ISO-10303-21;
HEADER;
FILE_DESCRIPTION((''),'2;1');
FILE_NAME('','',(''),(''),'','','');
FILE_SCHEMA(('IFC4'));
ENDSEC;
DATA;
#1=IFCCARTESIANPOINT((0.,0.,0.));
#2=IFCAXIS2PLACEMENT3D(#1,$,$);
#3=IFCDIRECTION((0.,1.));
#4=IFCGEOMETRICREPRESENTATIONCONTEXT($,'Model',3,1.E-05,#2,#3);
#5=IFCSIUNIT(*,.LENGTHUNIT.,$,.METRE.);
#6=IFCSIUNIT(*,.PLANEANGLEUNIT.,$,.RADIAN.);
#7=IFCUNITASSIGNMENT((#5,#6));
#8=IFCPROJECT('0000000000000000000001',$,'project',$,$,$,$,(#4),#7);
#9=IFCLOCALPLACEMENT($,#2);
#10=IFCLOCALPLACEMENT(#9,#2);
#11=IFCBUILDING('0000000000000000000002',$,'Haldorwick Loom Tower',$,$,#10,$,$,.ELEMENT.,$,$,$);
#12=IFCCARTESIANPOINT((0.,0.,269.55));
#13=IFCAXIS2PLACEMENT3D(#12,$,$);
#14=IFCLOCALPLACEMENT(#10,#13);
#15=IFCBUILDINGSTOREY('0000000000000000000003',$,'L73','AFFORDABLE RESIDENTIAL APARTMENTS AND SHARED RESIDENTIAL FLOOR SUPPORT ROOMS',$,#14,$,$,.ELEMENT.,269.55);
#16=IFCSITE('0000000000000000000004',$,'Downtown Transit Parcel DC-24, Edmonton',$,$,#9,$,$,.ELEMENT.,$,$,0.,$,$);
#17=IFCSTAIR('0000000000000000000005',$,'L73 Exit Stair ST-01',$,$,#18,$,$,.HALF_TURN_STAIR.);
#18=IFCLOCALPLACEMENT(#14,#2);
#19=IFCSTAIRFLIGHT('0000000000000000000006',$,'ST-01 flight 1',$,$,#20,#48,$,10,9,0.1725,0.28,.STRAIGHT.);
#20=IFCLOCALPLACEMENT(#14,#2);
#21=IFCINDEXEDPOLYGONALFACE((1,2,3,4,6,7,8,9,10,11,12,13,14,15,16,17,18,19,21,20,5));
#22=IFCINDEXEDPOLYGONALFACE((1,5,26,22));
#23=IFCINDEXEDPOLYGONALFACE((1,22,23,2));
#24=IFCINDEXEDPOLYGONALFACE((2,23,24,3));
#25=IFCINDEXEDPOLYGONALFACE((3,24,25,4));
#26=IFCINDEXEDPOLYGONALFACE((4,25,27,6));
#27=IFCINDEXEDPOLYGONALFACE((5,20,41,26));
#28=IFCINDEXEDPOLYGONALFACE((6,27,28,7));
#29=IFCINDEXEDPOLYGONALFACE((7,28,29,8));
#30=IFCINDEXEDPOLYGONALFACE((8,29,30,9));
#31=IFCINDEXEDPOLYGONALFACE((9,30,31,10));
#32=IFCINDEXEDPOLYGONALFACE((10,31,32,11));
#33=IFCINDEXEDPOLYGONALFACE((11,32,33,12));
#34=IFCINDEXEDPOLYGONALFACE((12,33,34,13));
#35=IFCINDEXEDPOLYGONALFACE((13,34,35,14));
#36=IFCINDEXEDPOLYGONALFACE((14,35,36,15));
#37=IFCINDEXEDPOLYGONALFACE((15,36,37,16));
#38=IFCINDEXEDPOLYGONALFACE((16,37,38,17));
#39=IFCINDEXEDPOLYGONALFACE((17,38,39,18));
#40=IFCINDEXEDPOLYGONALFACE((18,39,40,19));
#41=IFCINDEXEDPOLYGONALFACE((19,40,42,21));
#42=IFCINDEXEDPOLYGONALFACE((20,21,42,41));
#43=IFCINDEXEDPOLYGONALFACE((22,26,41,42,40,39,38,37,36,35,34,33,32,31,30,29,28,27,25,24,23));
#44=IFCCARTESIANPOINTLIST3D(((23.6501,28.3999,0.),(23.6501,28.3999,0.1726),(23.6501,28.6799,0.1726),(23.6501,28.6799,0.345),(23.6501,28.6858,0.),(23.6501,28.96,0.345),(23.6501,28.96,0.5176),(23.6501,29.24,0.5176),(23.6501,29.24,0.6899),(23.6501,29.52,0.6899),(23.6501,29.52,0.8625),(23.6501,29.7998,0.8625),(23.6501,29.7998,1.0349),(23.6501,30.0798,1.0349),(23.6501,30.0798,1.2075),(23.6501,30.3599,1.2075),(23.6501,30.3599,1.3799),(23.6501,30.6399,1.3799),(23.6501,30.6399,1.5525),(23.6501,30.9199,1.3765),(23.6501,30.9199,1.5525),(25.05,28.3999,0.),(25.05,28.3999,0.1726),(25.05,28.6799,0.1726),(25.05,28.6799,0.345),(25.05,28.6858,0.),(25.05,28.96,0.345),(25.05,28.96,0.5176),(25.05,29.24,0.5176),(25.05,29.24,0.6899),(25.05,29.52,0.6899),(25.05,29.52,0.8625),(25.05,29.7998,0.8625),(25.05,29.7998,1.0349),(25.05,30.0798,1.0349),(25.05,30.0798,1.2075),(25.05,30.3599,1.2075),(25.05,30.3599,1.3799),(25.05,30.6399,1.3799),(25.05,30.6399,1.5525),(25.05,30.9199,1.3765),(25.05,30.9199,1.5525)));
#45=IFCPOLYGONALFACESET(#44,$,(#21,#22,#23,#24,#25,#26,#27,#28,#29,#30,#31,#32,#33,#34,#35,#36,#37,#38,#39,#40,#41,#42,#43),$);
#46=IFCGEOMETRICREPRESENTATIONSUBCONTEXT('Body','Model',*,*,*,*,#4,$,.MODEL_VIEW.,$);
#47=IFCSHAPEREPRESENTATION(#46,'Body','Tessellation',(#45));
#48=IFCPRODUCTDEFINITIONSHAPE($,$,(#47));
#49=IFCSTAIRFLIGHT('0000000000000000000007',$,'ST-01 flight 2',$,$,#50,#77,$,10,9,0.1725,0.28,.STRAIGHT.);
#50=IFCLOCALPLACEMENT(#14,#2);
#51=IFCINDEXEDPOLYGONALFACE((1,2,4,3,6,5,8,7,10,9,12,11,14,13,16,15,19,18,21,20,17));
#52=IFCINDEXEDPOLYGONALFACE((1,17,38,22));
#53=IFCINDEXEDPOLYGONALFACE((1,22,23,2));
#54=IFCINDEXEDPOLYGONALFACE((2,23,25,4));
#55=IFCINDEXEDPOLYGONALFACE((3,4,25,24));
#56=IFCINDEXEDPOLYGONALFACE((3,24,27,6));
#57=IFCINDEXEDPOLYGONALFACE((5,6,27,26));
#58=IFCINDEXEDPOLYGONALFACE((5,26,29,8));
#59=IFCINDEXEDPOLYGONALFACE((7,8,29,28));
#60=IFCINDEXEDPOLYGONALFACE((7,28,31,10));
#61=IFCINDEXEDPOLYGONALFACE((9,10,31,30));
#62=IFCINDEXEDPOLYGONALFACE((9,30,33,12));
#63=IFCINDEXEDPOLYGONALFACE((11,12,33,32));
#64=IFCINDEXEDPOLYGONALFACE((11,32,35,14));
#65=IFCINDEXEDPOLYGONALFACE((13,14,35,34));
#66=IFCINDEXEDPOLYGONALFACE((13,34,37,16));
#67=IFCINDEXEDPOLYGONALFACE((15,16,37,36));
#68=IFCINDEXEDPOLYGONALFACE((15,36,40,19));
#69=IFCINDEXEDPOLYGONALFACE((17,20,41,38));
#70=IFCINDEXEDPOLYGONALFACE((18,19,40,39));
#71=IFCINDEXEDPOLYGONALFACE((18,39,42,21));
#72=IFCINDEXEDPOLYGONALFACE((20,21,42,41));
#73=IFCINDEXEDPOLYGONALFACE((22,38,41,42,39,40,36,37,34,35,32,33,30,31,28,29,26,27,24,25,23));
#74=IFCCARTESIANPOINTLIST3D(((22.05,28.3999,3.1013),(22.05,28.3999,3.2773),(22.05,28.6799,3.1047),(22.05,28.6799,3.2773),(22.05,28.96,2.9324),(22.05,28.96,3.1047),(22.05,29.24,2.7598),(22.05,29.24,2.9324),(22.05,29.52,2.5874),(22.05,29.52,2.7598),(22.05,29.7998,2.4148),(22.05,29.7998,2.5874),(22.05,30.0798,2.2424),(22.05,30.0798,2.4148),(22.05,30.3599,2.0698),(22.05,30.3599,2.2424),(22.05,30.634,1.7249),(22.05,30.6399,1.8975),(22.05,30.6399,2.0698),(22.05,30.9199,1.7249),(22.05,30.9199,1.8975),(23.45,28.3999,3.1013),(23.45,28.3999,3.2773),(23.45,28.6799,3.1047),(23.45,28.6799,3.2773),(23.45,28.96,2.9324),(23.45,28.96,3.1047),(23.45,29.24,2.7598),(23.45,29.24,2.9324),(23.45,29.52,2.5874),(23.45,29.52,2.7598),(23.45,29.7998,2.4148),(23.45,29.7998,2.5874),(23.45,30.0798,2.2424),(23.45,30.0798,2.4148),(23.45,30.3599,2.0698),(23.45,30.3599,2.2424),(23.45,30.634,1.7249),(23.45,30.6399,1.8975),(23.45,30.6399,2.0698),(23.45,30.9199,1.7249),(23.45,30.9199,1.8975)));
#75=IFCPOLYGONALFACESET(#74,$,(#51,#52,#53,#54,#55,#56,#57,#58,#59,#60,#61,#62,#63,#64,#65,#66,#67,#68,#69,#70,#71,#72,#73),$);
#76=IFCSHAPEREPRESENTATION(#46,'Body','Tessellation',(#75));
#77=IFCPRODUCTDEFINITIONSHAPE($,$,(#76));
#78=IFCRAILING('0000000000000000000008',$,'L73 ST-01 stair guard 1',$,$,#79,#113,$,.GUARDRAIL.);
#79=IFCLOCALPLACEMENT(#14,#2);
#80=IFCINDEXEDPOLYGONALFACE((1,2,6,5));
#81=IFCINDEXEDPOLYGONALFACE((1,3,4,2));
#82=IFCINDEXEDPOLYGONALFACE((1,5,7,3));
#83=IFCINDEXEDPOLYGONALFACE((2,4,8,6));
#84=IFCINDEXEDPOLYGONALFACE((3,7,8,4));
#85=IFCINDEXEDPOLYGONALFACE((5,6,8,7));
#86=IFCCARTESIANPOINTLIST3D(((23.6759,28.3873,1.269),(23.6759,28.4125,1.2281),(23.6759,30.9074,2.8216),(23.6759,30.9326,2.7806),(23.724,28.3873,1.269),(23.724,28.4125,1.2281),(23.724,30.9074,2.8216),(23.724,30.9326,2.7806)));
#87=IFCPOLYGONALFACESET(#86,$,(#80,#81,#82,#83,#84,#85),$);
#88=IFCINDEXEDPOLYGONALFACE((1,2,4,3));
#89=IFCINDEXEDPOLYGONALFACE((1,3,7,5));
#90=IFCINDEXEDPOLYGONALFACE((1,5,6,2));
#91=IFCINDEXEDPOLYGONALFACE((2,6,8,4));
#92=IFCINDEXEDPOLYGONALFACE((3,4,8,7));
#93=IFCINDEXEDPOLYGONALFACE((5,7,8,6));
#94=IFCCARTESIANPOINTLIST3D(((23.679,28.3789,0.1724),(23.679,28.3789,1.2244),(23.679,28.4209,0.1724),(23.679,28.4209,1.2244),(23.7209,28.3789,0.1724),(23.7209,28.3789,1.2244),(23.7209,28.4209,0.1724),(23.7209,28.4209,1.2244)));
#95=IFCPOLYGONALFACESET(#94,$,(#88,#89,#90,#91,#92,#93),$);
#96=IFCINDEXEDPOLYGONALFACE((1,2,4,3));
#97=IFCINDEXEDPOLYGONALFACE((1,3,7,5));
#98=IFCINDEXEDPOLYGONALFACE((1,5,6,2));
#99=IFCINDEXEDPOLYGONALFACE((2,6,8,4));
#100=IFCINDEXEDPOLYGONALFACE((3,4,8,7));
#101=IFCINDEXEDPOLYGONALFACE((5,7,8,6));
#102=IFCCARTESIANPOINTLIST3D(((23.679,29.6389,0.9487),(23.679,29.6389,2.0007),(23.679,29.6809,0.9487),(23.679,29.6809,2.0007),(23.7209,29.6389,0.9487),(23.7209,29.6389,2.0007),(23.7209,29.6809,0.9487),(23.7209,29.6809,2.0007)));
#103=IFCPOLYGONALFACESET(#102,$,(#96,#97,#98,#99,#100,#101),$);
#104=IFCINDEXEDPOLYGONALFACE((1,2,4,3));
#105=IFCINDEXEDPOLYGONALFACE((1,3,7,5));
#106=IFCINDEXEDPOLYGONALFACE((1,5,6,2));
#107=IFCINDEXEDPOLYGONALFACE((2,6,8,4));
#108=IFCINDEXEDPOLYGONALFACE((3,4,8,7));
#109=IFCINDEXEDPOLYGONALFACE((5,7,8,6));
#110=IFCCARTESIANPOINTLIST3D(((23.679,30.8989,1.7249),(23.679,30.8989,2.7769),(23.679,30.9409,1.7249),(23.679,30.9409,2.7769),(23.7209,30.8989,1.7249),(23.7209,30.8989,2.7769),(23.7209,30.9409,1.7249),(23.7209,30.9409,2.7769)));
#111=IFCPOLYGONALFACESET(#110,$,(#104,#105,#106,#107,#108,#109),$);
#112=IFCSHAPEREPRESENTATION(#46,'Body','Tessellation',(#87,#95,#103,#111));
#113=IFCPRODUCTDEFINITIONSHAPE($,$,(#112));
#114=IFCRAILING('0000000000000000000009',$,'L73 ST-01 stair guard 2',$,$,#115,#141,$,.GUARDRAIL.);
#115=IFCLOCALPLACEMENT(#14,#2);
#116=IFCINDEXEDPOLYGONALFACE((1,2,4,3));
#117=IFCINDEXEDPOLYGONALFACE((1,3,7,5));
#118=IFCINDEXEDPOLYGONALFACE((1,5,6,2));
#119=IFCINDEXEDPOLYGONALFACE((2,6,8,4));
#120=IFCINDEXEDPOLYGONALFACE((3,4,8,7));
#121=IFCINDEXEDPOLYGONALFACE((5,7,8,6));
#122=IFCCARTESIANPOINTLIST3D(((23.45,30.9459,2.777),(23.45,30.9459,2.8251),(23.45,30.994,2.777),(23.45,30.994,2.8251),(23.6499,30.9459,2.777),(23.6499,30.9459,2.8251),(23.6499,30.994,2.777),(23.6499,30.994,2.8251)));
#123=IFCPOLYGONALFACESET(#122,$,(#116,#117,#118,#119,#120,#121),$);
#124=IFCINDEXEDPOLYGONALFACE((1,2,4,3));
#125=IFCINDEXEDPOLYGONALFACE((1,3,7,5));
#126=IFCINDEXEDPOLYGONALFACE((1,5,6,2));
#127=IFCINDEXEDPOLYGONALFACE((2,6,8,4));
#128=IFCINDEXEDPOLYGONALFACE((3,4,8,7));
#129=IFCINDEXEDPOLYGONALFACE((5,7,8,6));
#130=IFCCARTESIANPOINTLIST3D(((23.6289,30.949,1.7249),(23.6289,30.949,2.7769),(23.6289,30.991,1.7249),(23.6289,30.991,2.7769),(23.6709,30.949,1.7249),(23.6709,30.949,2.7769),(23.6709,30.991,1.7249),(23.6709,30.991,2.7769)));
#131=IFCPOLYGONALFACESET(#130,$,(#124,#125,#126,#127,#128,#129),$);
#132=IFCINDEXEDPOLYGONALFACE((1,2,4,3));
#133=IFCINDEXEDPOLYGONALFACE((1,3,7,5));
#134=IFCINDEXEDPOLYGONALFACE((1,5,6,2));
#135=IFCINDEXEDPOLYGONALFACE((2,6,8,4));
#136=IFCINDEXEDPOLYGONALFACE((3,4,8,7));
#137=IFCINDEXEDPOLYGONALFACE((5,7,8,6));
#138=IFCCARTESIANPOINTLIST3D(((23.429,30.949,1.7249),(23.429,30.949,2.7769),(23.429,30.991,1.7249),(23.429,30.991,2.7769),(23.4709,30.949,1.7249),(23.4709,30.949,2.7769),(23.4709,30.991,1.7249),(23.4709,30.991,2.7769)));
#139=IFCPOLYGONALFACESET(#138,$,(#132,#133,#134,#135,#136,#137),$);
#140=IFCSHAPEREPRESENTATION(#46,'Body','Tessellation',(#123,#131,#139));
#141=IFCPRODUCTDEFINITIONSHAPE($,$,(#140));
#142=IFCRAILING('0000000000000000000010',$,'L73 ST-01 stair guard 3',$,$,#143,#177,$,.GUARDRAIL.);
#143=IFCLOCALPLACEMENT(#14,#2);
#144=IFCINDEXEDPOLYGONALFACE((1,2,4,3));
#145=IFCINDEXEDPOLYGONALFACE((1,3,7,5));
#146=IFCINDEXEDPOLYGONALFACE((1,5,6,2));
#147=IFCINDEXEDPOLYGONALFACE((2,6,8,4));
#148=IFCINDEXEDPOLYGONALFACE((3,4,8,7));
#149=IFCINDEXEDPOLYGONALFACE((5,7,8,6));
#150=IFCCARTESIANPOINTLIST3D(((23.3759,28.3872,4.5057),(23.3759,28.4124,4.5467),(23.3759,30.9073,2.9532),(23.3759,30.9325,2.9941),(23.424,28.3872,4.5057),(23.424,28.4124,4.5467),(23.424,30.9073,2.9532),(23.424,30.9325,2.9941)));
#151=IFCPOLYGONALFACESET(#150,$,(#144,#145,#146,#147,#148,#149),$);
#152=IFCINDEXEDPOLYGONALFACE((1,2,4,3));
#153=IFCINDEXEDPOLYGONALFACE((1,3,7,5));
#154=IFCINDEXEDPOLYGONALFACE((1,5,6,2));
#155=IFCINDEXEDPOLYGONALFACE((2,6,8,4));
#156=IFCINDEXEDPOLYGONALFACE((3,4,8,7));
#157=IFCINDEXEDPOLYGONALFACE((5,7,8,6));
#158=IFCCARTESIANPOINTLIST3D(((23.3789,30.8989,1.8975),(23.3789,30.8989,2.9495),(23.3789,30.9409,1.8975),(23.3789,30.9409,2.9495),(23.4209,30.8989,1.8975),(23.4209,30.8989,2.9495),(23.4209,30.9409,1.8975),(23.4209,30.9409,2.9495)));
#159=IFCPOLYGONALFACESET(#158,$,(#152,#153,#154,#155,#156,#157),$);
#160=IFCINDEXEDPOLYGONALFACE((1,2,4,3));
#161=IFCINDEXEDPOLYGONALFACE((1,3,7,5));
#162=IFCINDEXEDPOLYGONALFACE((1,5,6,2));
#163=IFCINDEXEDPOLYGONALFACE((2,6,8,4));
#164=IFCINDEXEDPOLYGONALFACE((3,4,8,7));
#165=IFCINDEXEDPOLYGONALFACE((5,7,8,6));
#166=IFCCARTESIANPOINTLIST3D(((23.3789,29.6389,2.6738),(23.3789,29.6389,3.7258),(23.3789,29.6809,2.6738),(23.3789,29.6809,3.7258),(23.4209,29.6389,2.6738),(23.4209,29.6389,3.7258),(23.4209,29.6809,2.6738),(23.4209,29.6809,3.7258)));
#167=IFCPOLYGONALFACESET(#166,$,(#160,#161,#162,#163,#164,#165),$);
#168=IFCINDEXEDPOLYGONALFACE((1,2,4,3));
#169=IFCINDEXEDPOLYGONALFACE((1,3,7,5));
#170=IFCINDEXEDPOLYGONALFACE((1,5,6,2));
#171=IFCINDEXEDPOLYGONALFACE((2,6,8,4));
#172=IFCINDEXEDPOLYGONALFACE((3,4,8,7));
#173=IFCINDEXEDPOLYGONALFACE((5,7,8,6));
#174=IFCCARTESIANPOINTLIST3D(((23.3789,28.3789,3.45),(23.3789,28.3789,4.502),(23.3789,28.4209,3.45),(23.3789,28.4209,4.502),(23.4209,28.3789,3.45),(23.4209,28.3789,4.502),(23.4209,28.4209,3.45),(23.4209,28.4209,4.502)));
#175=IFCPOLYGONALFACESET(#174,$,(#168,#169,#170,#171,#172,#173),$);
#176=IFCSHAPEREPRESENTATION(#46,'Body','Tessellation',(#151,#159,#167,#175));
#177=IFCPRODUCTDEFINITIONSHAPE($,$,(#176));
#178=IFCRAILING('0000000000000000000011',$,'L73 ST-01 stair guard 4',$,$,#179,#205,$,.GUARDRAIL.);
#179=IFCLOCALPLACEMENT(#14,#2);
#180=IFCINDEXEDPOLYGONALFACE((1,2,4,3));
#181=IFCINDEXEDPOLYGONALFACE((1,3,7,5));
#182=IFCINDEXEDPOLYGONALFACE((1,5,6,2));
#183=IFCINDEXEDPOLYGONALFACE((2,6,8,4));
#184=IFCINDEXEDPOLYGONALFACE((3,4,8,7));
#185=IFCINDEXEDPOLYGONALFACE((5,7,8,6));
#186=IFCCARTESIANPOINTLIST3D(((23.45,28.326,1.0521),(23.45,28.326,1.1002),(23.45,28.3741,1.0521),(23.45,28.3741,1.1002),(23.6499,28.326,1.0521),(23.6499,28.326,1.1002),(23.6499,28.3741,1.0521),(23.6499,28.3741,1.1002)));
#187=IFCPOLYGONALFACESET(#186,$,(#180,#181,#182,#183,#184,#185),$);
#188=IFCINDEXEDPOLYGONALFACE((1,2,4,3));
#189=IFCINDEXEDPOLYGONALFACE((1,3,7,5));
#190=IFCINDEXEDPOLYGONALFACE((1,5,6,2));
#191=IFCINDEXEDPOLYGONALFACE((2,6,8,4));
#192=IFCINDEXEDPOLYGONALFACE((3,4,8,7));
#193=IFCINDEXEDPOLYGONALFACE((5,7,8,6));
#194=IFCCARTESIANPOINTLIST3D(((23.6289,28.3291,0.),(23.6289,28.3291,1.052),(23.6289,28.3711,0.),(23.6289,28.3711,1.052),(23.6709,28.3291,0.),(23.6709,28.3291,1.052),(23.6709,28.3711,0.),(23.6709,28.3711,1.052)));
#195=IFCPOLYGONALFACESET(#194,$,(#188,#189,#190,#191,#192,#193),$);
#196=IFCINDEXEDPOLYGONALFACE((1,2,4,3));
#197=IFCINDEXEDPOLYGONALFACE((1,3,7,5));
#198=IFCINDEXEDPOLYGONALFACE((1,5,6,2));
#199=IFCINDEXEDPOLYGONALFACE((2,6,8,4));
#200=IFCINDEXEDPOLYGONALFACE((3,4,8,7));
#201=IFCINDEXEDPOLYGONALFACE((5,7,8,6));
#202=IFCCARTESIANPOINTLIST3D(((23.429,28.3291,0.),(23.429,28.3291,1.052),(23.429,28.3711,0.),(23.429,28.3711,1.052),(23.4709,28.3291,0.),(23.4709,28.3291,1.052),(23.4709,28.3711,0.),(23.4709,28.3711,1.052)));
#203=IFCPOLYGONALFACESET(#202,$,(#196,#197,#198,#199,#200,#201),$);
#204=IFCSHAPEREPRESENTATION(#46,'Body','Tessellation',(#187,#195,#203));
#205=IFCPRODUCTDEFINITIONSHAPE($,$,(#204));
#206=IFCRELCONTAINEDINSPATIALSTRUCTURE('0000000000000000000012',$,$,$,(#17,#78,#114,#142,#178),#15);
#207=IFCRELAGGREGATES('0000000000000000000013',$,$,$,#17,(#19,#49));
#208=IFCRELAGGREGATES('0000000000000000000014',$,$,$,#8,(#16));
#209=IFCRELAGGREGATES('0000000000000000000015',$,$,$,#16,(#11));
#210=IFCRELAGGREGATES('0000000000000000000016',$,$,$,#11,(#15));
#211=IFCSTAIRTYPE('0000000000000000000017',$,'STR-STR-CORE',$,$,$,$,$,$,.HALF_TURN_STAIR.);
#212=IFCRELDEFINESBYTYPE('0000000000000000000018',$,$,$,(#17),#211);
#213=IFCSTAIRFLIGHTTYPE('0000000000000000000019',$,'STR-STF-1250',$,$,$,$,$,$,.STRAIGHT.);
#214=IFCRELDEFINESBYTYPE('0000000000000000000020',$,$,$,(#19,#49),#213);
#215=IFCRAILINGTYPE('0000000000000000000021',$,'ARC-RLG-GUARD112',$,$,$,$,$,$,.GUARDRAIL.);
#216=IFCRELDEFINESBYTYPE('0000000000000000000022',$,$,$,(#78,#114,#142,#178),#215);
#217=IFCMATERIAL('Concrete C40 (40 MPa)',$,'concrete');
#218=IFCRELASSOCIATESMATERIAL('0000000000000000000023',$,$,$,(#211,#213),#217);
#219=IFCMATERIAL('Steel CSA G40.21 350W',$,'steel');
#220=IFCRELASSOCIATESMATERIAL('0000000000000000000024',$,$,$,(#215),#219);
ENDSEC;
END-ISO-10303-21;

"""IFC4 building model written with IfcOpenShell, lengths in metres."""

from ifc_helpers import new_model, si_unit, direction, frame, origin, origin_2d, place, context, subcontext, project, spatial, polyline, rectangle, outline, extrude, material, type_object, element, aggregate, save


model = new_model("IFC4")

# Units and contexts
model_context = context("Model", 3, precision=1e-05, world=origin(), true_north=direction((0.0, 1.0)))
body_context = subcontext(model_context, "Body", "Model", "MODEL_VIEW")
ifc_project = project(units=[si_unit("LENGTHUNIT", "METRE"), si_unit("PLANEANGLEUNIT", "RADIAN")], contexts=[model_context])

# Site, building, storey
site_placement = place(None, origin())
site = spatial("IfcSite", under=ifc_project, at=site_placement, Name="Downtown Transit Parcel DC-24, Edmonton", CompositionType="ELEMENT", RefElevation=0.0)
building_placement = place(site_placement, origin())
building = spatial("IfcBuilding", under=site, at=building_placement, Name="Haldorwick Loom Tower", CompositionType="ELEMENT")
storey_placement = place(building_placement, frame((0.0, 0.0, 269.55)))
storey = spatial("IfcBuildingStorey", under=building, at=storey_placement, Name="L73", Description="AFFORDABLE RESIDENTIAL APARTMENTS AND SHARED RESIDENTIAL FLOOR SUPPORT ROOMS", CompositionType="ELEMENT", Elevation=269.55)

# Shared definitions
ifc_material_1 = material(Name="Steel CSA G40.21 350W", Category="steel")

# Stair, stair flights
ifc_material_2 = material(Name="Concrete C40 (40 MPa)", Category="concrete")
stair_type = type_object("IfcStairType", Name="STR-STR-CORE", PredefinedType="HALF_TURN_STAIR", material=ifc_material_2)
stair_placement = place(storey_placement, origin())
stair = element("IfcStair", 1, at=stair_placement, inside=storey, type_object=stair_type, Name="L73 Exit Stair ST-01", PredefinedType="HALF_TURN_STAIR")
stair_flight_type = type_object("IfcStairFlightType", Name="STR-STF-1250", PredefinedType="STRAIGHT", material=ifc_material_2)
stair_flight_1_placement = place(storey_placement, frame((24.3501, 28.3999, 0.0), z_axis=(0.0, 0.0, 1.0), x_axis=(0.0, 1.0, 0.0)))
stair_flight_1 = element("IfcStairFlight", 2, at=stair_flight_1_placement, type_object=stair_flight_type, Name="ST-01 flight 1", NumberOfRisers=10, NumberOfTreads=9, PredefinedType="STRAIGHT", RiserHeight=0.1725, TreadLength=0.28, context=body_context, shape_type="SweptSolid", body=[
    extrude(outline(polyline([(0.0, 0.0), (0.0, 0.1726), (0.28, 0.1726), (0.28, 0.345), (0.5601, 0.345), (0.5601, 0.5176), (0.8401, 0.5176), (0.8401, 0.6899), (1.1201, 0.6899), (1.1201, 0.8625), (1.3999, 0.8625), (1.3999, 1.0349), (1.6799, 1.0349), (1.6799, 1.2075), (1.96, 1.2075), (1.96, 1.3799), (2.24, 1.3799), (2.24, 1.5525), (2.52, 1.5525), (2.52, 1.7251), (2.52, 1.3765), (0.2859, 0.0), (0.0, 0.0)])), frame((0.0, 0.7, 0.0), z_axis=(0.0, -1.0, 0.0), x_axis=(1.0, 0.0, 0.0)), (0.0, 0.0, 1.0), 1.3999),
])
stair_flight_2_placement = place(storey_placement, frame((22.75, 30.9199, 1.7249), z_axis=(0.0, 0.0, 1.0), x_axis=(0.0, -1.0, 0.0)))
stair_flight_2 = element("IfcStairFlight", 3, at=stair_flight_2_placement, type_object=stair_flight_type, Name="ST-01 flight 2", NumberOfRisers=10, NumberOfTreads=9, PredefinedType="STRAIGHT", RiserHeight=0.1725, TreadLength=0.28, context=body_context, shape_type="SweptSolid", body=[
    extrude(outline(polyline([(0.0, 0.0), (0.0, 0.1726), (0.28, 0.1726), (0.28, 0.345), (0.5601, 0.345), (0.5601, 0.5176), (0.8401, 0.5176), (0.8401, 0.6899), (1.1201, 0.6899), (1.1201, 0.8625), (1.3999, 0.8625), (1.3999, 1.0349), (1.6799, 1.0349), (1.6799, 1.2075), (1.96, 1.2075), (1.96, 1.3799), (2.24, 1.3799), (2.24, 1.5525), (2.52, 1.5525), (2.52, 1.7251), (2.52, 1.3765), (0.2859, 0.0), (0.0, 0.0)])), frame((0.0, 0.7, 0.0), z_axis=(0.0, -1.0, 0.0), x_axis=(1.0, 0.0, 0.0)), (0.0, 0.0, 1.0), 1.3999),
])
aggregate(stair, [stair_flight_1, stair_flight_2])

# Railings
railing_type_1 = type_object("IfcRailingType", Name="ARC-RLG-GUARD112", PredefinedType="GUARDRAIL", material=ifc_material_1)
railing_1_placement = place(storey_placement, frame((23.7, 28.3999, 0.1724)))
element("IfcRailing", 4, at=railing_1_placement, inside=storey, type_object=railing_type_1, Name="L73 ST-01 stair guard 1", PredefinedType="GUARDRAIL", context=body_context, shape_type="SweptSolid", body=[
    extrude(rectangle(XDim=0.0481, YDim=0.0481, at=origin_2d()), frame((0.0, 0.0, 1.0762), z_axis=(0.0, 0.8514, 0.524516), x_axis=(-1.0, 0.0, 0.0)), (0.0, 0.0, 1.0), 2.96),
    extrude(rectangle(XDim=0.042, YDim=0.042, at=origin_2d()), origin(), (0.0, 0.0, 1.0), 1.052),
    extrude(rectangle(XDim=0.042, YDim=0.042, at=origin_2d()), frame((0.0, 1.26, 0.7764)), (0.0, 0.0, 1.0), 1.052),
    extrude(rectangle(XDim=0.042, YDim=0.042, at=origin_2d()), frame((0.0, 2.52, 1.5525)), (0.0, 0.0, 1.0), 1.052),
])
railing_2_placement = place(storey_placement, frame((23.6499, 30.97, 1.7249)))
element("IfcRailing", 5, at=railing_2_placement, inside=storey, type_object=railing_type_1, Name="L73 ST-01 stair guard 2", PredefinedType="GUARDRAIL", context=body_context, shape_type="SweptSolid", body=[
    extrude(rectangle(XDim=0.0481, YDim=0.0481, at=origin_2d()), frame((0.0, 0.0, 1.0762), z_axis=(-1.0, 0.0, 0.0), x_axis=(0.0, -1.0, 0.0)), (0.0, 0.0, 1.0), 0.2),
    extrude(rectangle(XDim=0.042, YDim=0.042, at=origin_2d()), origin(), (0.0, 0.0, 1.0), 1.052),
    extrude(rectangle(XDim=0.042, YDim=0.042, at=origin_2d()), frame((-0.2, 0.0, 0.0)), (0.0, 0.0, 1.0), 1.052),
])
railing_3_placement = place(storey_placement, frame((23.3999, 30.9199, 1.8975)))
element("IfcRailing", 6, at=railing_3_placement, inside=storey, type_object=railing_type_1, Name="L73 ST-01 stair guard 3", PredefinedType="GUARDRAIL", context=body_context, shape_type="SweptSolid", body=[
    extrude(rectangle(XDim=0.0481, YDim=0.0481, at=origin_2d()), frame((0.0, 0.0, 1.0762), z_axis=(0.0, -0.8514, 0.524516), x_axis=(1.0, 0.0, 0.0)), (0.0, 0.0, 1.0), 2.96),
    extrude(rectangle(XDim=0.042, YDim=0.042, at=origin_2d()), origin(), (0.0, 0.0, 1.0), 1.052),
    extrude(rectangle(XDim=0.042, YDim=0.042, at=origin_2d()), frame((0.0, -1.26, 0.7764)), (0.0, 0.0, 1.0), 1.052),
    extrude(rectangle(XDim=0.042, YDim=0.042, at=origin_2d()), frame((0.0, -2.52, 1.5525)), (0.0, 0.0, 1.0), 1.052),
])
railing_4_placement = place(storey_placement, frame((23.6499, 28.3501, 0.0)))
element("IfcRailing", 7, at=railing_4_placement, inside=storey, type_object=railing_type_1, Name="L73 ST-01 stair guard 4", PredefinedType="GUARDRAIL", context=body_context, shape_type="SweptSolid", body=[
    extrude(rectangle(XDim=0.0481, YDim=0.0481, at=origin_2d()), frame((0.0, 0.0, 1.0762), z_axis=(-1.0, 0.0, 0.0), x_axis=(0.0, -1.0, 0.0)), (0.0, 0.0, 1.0), 0.2),
    extrude(rectangle(XDim=0.042, YDim=0.042, at=origin_2d()), origin(), (0.0, 0.0, 1.0), 1.052),
    extrude(rectangle(XDim=0.042, YDim=0.042, at=origin_2d()), frame((-0.2, 0.0, 0.0)), (0.0, 0.0, 1.0), 1.052),
])

save(model, "model.ifc")
